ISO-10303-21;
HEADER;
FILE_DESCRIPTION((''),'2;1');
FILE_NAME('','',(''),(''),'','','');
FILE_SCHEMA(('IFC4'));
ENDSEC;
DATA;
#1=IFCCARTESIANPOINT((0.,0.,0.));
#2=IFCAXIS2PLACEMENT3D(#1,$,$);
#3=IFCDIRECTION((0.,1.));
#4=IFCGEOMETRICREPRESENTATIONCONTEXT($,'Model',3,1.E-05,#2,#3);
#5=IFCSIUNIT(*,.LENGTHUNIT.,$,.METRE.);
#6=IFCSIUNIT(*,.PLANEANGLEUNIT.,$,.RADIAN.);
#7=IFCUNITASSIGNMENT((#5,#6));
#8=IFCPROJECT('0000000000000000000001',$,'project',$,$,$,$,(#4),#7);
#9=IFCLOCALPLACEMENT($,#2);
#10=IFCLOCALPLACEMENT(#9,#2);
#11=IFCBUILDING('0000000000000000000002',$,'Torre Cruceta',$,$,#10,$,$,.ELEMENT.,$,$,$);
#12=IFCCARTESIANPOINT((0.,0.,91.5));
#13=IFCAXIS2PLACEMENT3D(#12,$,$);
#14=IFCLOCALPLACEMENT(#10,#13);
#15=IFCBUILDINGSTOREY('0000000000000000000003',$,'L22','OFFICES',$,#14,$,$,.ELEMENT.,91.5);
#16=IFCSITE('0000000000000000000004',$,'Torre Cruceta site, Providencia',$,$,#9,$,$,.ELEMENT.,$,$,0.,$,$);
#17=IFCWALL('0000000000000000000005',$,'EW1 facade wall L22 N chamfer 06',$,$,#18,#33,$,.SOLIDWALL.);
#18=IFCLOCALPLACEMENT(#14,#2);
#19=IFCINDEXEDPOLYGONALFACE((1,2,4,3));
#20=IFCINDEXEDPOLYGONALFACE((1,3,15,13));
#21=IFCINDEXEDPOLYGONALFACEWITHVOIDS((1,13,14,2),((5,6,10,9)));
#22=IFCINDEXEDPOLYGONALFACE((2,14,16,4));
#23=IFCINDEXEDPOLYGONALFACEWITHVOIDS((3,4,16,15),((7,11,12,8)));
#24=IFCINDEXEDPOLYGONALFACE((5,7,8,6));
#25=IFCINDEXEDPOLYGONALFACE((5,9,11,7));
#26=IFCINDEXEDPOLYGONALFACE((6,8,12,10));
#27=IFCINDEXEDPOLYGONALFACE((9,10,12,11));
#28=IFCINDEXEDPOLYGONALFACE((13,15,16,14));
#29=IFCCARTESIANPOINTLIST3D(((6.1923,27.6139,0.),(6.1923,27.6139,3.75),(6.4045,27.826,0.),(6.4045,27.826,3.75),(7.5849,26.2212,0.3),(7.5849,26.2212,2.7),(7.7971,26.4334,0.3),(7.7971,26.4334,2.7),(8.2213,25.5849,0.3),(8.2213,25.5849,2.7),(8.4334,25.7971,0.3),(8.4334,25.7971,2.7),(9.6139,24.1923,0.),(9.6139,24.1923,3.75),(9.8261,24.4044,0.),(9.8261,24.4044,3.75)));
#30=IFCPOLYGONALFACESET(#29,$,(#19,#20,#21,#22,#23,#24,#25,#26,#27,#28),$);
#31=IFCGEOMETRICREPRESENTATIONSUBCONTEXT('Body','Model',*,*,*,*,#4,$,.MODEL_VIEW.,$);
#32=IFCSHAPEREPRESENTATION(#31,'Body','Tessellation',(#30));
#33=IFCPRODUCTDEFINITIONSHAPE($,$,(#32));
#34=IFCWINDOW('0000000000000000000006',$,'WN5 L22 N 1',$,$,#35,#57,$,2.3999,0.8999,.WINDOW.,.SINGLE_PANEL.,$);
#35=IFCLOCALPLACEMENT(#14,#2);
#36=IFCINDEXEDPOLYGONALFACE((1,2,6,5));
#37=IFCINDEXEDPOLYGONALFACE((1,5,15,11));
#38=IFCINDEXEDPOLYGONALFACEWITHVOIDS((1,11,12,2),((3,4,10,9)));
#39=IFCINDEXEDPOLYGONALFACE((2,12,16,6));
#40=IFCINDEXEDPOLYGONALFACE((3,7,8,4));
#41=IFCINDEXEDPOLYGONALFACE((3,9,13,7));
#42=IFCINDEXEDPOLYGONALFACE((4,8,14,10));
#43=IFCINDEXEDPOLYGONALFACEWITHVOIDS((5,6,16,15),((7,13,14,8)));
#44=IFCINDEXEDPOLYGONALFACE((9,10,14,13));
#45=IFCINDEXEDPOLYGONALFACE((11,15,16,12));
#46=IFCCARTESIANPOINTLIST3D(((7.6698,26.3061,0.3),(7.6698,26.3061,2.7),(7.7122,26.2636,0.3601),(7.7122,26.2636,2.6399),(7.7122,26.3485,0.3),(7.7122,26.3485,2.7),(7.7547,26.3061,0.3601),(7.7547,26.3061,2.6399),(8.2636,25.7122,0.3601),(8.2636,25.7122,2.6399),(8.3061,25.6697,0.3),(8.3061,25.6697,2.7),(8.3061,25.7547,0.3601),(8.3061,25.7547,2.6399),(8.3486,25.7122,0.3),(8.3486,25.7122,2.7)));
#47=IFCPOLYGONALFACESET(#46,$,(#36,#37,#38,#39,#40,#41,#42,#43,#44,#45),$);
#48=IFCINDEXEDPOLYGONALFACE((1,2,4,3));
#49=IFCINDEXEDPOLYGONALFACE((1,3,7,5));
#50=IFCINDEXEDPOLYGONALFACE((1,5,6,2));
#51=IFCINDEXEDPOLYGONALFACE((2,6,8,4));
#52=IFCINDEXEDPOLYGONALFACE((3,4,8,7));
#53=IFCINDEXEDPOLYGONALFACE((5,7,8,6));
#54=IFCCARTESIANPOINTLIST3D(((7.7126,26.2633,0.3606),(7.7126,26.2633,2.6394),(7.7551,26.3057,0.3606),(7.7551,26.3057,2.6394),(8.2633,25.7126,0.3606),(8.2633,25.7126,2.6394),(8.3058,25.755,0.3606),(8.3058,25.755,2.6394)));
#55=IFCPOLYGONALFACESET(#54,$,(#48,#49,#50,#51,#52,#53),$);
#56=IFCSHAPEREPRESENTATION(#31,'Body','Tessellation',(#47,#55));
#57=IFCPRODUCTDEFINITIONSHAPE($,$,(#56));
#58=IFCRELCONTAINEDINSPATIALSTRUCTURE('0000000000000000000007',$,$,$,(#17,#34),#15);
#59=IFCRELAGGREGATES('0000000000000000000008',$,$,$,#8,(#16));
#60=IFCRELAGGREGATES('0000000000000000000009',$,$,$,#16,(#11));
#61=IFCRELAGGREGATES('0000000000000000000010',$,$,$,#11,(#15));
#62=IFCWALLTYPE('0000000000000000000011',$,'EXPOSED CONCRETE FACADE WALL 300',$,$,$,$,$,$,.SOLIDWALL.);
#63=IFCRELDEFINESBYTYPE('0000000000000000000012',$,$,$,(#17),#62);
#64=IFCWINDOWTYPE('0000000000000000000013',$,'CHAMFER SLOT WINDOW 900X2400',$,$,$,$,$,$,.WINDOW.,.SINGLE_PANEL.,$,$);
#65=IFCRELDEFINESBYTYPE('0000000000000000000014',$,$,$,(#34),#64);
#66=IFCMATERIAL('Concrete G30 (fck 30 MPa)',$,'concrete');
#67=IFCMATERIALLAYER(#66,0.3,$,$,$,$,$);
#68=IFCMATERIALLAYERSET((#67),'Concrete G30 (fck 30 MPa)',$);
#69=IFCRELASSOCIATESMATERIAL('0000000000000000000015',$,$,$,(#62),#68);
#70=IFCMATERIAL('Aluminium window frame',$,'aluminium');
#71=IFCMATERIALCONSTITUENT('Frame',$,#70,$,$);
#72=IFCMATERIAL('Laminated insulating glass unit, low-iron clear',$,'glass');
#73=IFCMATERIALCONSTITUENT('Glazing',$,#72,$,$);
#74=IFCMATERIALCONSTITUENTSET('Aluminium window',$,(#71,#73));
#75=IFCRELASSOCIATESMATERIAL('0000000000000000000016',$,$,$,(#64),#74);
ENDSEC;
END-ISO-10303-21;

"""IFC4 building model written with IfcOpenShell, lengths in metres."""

from ifc_helpers import new_model, si_unit, direction, frame, frame_2d, origin, place, context, subcontext, project, spatial, rectangle, hollow_rectangle, extrude, material, layer, layer_set, constituent, constituent_set, type_object, element, fill, save


model = new_model("IFC4")

# Units and contexts
model_context = context("Model", 3, precision=1e-05, world=origin(), true_north=direction((0.0, 1.0)))
body_context = subcontext(model_context, "Body", "Model", "MODEL_VIEW")
ifc_project = project(units=[si_unit("LENGTHUNIT", "METRE"), si_unit("PLANEANGLEUNIT", "RADIAN")], contexts=[model_context])

# Site, building, storey
site_placement = place(None, origin())
site = spatial("IfcSite", under=ifc_project, at=site_placement, Name="Torre Cruceta site, Providencia", CompositionType="ELEMENT", RefElevation=0.0)
building_placement = place(site_placement, origin())
building = spatial("IfcBuilding", under=site, at=building_placement, Name="Torre Cruceta", CompositionType="ELEMENT")
storey_placement = place(building_placement, frame((0.0, 0.0, 91.5)))
storey = spatial("IfcBuildingStorey", under=building, at=storey_placement, Name="L22", Description="OFFICES", CompositionType="ELEMENT", Elevation=91.5)

# Wall, opening, window
ifc_material_1 = material(Name="Concrete G30 (fck 30 MPa)", Category="concrete")
ifc_layer_1 = layer(ifc_material_1, 0.3)
ifc_layer_set_1 = layer_set([ifc_layer_1], Name="Concrete G30 (fck 30 MPa)")
wall_type = type_object("IfcWallType", Name="EXPOSED CONCRETE FACADE WALL 300", PredefinedType="SOLIDWALL", material=ifc_layer_set_1)
wall_placement = place(storey_placement, frame((9.72, 24.2983, 0.0), z_axis=(0.0, 0.0, 1.0), x_axis=(-0.707107, 0.707107, 0.0)))
wall = element("IfcWall", 1, at=wall_placement, inside=storey, type_object=wall_type, Name="EW1 facade wall L22 N chamfer 06", PredefinedType="SOLIDWALL", context=body_context, shape_type="SweptSolid", body=[
    extrude(rectangle(XDim=4.8389, YDim=0.3, at=frame_2d((2.4194, 0.0))), origin(), (0.0, 0.0, 1.0), 3.75),
])
opening_placement = place(wall_placement, frame((1.9695, 0.0, 0.3)))
opening = element("IfcOpeningElement", 2, at=opening_placement, cuts=wall, PredefinedType="OPENING", context=body_context, shape_type="SweptSolid", body=[
    extrude(rectangle(XDim=0.8999, YDim=2.3999, at=frame_2d((0.45, 1.2))), frame((0.0, 0.1599, 0.0), z_axis=(0.0, -1.0, 0.0), x_axis=(1.0, 0.0, 0.0)), (0.0, 0.0, 1.0), 0.3201),
])
ifc_material_2 = material(Name="Aluminium window frame", Category="aluminium")
ifc_constituent_1 = constituent(ifc_material_2, Name="Frame")
ifc_material_3 = material(Name="Laminated insulating glass unit, low-iron clear", Category="glass")
ifc_constituent_2 = constituent(ifc_material_3, Name="Glazing")
ifc_constituent_set = constituent_set(constituents=[ifc_constituent_1, ifc_constituent_2], Name="Aluminium window")
window_type = type_object("IfcWindowType", Name="CHAMFER SLOT WINDOW 900X2400", PartitioningType="SINGLE_PANEL", PredefinedType="WINDOW", material=ifc_constituent_set)
window_placement = place(opening_placement, origin())
window = element("IfcWindow", 3, at=window_placement, inside=storey, type_object=window_type, Name="WN5 L22 N 1", OverallHeight=2.3999, OverallWidth=0.8999, PartitioningType="SINGLE_PANEL", PredefinedType="WINDOW", context=body_context, shape_type="SweptSolid", body=[
    extrude(hollow_rectangle(XDim=0.8999, YDim=2.3999, WallThickness=0.0601, at=frame_2d((0.45, 1.2))), frame((0.0, 0.03, 0.0), z_axis=(0.0, -1.0, 0.0), x_axis=(1.0, 0.0, 0.0)), (0.0, 0.0, 1.0), 0.0601),
    extrude(rectangle(XDim=0.7788, YDim=2.2788, at=frame_2d((0.45, 1.2))), frame((0.0, 0.03, 0.0), z_axis=(0.0, -1.0, 0.0), x_axis=(1.0, 0.0, 0.0)), (0.0, 0.0, 1.0), 0.0601),
])
fill(opening, window)

save(model, "model.ifc")
